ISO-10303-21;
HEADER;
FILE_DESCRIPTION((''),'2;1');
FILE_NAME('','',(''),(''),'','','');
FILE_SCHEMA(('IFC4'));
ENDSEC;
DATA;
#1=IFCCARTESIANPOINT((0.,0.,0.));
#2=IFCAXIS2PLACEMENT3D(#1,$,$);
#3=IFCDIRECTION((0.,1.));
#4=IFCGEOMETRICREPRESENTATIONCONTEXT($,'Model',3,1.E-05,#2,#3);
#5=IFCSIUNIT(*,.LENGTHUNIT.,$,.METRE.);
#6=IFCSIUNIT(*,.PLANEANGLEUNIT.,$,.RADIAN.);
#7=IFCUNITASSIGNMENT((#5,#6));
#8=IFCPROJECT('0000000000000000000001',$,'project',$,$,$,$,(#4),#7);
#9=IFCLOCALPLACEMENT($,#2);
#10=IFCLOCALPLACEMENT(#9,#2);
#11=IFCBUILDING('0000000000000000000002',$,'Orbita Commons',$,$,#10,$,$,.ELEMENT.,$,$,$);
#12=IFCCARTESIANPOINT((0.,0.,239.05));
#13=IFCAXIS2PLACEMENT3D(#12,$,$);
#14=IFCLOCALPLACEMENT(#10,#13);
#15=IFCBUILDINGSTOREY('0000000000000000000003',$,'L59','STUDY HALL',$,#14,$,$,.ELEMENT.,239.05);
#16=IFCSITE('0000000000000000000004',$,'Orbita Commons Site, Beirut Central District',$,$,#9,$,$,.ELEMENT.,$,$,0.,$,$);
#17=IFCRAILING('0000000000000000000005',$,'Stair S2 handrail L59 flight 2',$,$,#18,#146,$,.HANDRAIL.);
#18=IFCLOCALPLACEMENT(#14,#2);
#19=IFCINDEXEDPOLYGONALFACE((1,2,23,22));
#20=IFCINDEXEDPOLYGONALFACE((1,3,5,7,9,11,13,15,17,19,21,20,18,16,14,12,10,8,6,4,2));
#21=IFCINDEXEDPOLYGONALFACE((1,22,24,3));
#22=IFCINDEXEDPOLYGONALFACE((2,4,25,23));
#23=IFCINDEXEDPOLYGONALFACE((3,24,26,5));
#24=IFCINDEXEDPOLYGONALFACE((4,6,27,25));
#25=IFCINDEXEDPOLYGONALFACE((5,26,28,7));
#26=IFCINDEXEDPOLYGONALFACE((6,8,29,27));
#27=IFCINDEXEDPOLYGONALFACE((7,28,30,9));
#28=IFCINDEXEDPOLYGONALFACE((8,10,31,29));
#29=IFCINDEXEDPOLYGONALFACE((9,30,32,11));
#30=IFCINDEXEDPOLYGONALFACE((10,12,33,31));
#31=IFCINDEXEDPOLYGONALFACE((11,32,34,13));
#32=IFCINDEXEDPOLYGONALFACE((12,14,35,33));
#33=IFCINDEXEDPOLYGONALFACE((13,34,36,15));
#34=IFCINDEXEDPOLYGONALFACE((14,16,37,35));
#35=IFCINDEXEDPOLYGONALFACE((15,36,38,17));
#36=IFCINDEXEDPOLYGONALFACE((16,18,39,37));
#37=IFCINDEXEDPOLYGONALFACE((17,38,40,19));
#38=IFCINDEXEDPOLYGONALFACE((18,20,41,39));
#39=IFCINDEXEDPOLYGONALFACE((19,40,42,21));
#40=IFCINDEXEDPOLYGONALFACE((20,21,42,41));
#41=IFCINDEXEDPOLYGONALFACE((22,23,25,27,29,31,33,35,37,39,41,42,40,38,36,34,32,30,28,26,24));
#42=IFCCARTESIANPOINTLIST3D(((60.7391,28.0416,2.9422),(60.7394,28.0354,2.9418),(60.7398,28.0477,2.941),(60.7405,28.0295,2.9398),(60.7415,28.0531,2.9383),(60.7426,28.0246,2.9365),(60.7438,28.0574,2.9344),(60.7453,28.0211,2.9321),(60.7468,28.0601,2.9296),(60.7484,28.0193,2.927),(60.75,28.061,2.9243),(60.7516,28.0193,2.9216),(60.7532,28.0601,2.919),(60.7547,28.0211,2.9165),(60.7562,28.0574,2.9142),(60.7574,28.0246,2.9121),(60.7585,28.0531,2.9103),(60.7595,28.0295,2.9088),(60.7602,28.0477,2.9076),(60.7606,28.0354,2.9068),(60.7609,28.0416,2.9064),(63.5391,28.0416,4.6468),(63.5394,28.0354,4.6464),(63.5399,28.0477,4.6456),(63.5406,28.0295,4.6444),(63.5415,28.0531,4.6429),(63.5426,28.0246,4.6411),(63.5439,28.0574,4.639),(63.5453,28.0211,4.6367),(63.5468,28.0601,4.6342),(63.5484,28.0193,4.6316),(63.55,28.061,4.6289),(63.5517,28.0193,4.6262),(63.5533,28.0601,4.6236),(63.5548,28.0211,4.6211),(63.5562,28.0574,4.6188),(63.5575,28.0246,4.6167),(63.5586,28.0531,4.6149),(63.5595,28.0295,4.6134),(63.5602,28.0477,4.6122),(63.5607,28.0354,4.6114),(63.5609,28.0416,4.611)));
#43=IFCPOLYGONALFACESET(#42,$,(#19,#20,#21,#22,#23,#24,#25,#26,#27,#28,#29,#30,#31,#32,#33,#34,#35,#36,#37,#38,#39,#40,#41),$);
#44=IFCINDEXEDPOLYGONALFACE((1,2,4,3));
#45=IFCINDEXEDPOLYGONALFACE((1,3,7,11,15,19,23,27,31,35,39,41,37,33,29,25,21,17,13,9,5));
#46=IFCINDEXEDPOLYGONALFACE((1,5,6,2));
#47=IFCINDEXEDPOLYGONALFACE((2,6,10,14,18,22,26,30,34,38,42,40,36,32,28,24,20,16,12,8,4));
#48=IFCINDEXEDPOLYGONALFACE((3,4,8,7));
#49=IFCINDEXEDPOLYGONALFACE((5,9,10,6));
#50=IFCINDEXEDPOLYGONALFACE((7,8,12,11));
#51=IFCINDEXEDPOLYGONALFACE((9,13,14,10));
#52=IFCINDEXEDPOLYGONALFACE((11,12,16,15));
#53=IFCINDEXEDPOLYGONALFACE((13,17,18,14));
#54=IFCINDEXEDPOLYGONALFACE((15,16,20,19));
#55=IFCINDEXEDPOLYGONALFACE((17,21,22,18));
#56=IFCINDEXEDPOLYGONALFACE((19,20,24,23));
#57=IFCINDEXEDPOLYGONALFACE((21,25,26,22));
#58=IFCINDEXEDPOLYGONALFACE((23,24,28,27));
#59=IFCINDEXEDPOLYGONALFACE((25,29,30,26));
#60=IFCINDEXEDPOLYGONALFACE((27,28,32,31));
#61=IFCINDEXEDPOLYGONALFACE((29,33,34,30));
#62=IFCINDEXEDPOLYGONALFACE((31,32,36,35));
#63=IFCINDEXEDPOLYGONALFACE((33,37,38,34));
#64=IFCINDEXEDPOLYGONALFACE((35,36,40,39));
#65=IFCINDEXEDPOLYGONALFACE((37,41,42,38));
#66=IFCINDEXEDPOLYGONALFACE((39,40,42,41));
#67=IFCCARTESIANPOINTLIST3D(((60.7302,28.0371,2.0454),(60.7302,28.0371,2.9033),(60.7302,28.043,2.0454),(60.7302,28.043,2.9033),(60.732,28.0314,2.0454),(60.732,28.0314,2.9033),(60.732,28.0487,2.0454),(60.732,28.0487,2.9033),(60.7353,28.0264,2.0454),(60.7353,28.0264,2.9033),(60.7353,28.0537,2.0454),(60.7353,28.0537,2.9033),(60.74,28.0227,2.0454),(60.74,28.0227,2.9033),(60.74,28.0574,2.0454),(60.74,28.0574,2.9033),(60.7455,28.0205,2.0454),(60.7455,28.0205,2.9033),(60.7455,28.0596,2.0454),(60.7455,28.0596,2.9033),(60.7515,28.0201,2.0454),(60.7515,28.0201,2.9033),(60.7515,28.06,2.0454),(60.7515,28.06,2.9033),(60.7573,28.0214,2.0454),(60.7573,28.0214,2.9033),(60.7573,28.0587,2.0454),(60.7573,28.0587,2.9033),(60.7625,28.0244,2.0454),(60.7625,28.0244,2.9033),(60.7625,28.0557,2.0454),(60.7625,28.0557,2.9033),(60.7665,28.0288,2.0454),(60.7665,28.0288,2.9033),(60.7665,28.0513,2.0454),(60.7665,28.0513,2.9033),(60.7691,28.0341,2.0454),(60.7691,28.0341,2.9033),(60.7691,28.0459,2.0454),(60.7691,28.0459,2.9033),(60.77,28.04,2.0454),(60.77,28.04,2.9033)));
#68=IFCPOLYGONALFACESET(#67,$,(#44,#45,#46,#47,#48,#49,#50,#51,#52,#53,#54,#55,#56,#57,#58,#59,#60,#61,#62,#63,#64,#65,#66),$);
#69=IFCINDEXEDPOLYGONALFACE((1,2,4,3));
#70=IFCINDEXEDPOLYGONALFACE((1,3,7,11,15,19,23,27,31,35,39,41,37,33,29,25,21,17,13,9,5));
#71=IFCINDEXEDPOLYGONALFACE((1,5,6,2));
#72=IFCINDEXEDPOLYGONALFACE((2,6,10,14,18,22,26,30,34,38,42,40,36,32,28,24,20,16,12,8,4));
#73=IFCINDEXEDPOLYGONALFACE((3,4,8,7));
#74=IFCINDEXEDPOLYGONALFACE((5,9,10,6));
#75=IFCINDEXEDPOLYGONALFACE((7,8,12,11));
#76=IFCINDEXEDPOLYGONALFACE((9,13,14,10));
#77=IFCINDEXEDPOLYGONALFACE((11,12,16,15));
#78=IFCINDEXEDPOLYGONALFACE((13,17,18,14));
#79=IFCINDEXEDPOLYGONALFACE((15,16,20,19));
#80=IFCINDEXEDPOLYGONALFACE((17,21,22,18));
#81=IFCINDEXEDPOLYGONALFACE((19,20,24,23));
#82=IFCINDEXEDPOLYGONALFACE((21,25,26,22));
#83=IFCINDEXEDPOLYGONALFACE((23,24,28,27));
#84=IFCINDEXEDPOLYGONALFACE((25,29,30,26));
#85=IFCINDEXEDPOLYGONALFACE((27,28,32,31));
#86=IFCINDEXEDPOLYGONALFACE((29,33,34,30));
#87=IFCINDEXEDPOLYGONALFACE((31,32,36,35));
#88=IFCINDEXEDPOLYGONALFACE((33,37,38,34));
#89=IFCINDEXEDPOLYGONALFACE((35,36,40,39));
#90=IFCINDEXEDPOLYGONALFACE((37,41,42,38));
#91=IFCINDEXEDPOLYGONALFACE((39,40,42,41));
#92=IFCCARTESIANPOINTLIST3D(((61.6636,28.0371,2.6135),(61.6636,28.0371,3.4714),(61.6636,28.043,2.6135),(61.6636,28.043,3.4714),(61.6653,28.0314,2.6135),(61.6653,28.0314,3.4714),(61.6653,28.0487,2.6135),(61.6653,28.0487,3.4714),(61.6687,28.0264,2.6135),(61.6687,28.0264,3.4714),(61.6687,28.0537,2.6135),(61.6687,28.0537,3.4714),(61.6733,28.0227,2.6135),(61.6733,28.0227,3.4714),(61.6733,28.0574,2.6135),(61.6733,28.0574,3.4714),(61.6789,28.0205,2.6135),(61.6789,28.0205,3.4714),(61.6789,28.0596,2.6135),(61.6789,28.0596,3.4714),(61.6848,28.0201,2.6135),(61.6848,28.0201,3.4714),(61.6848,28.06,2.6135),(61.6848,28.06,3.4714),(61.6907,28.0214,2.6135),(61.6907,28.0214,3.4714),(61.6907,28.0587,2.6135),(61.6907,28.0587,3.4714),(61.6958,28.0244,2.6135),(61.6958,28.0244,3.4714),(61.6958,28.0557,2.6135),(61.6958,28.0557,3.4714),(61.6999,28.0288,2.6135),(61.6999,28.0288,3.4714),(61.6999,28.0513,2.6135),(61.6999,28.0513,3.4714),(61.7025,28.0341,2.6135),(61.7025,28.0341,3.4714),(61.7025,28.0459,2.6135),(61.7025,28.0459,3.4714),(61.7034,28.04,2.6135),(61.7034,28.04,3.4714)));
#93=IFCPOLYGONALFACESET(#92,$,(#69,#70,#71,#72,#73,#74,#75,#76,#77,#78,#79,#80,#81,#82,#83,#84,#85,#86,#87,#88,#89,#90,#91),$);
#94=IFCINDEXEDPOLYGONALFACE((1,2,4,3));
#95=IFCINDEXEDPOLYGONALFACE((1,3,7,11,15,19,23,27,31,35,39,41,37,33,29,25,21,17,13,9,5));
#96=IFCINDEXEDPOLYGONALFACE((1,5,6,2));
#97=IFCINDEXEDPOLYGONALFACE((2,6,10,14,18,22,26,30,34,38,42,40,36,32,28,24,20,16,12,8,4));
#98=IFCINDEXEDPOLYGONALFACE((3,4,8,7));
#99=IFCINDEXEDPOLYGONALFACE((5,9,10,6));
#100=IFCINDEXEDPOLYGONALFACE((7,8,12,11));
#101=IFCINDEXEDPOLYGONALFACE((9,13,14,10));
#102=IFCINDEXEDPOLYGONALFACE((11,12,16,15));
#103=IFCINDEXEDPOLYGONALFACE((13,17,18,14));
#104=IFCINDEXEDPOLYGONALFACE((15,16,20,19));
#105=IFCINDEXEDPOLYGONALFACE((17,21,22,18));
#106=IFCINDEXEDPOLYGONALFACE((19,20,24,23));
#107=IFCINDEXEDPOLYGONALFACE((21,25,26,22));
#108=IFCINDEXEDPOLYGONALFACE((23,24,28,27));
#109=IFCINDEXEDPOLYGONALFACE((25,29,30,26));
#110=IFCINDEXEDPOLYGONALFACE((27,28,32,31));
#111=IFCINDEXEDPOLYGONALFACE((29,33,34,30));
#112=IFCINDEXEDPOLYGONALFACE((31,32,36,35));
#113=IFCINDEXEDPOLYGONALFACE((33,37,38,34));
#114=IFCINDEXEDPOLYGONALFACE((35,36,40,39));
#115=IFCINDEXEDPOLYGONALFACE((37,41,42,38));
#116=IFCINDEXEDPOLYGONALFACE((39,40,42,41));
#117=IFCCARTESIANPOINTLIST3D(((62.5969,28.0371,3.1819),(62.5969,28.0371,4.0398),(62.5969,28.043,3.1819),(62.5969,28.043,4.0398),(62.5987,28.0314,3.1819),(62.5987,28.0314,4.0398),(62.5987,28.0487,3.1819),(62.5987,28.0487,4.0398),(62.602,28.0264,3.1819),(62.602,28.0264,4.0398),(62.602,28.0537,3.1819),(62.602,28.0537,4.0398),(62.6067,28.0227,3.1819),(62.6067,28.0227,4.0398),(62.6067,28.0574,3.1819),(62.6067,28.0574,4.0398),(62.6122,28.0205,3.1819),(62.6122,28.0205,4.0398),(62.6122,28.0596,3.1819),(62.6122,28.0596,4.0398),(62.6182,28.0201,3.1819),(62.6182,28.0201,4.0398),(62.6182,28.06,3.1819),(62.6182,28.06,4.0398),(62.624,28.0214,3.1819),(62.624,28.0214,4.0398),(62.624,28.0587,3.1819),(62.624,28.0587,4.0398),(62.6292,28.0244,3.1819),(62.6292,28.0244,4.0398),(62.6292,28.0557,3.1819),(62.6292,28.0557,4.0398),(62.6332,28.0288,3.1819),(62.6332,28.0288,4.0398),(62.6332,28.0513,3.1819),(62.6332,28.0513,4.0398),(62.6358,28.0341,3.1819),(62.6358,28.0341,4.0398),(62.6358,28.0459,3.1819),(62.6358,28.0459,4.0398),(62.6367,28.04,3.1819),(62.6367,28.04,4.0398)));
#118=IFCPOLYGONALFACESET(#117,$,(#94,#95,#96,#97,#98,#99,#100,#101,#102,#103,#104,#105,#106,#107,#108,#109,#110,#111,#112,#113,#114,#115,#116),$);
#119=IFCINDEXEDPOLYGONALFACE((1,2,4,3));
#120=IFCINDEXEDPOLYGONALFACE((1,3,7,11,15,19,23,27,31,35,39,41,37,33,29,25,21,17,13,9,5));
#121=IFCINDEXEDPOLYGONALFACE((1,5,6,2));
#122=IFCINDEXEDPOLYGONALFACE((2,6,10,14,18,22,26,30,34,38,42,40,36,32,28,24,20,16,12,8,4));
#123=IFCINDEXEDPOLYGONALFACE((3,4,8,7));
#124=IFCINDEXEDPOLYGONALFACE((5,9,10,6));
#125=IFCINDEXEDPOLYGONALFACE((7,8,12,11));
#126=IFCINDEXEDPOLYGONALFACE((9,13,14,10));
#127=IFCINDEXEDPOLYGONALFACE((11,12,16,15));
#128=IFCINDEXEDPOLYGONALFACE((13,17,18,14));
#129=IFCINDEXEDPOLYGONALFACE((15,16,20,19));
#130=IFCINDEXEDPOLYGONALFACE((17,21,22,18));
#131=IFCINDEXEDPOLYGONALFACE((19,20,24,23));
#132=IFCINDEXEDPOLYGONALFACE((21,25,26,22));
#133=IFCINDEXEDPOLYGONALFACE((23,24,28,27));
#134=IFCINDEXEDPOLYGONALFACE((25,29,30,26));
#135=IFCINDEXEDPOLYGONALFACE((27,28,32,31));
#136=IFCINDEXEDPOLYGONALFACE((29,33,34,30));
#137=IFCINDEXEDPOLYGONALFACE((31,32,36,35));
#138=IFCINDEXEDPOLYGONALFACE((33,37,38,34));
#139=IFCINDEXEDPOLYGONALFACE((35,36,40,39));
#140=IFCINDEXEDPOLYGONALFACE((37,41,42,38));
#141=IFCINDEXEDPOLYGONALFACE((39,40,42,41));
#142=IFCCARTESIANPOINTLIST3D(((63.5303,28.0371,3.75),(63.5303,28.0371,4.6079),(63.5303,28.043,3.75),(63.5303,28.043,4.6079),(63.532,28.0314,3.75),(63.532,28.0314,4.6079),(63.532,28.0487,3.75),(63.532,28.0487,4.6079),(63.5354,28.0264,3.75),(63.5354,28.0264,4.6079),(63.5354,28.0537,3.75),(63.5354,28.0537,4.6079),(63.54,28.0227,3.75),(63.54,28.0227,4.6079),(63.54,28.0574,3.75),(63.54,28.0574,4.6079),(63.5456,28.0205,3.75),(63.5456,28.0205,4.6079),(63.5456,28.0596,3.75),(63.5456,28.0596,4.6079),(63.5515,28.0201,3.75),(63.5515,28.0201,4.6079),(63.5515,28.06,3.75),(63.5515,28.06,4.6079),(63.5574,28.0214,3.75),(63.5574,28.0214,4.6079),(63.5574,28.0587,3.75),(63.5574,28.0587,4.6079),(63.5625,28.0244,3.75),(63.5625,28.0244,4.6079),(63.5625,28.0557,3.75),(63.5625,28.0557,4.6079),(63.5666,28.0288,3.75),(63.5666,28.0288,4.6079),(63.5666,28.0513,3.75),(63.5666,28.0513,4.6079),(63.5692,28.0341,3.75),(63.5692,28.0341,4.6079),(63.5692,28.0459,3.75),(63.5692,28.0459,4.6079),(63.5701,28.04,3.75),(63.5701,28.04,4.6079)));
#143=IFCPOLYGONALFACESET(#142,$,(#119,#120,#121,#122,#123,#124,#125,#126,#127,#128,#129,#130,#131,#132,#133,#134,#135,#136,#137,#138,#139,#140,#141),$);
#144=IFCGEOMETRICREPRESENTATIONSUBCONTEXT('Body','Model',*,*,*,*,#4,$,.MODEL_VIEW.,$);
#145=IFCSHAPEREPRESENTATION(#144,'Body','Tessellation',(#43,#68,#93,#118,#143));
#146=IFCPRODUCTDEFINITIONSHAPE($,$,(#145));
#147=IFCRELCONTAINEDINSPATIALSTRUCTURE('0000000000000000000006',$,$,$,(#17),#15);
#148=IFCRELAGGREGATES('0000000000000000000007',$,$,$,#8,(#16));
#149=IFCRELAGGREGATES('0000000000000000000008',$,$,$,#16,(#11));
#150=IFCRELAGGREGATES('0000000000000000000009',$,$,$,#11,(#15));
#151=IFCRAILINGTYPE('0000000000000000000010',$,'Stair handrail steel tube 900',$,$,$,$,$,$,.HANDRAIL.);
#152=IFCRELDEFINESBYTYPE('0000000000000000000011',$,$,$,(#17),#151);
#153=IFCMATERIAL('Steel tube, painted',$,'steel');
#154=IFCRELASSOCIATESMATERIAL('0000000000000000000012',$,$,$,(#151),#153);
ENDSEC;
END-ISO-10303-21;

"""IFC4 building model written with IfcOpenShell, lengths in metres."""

from ifc_helpers import new_model, si_unit, direction, frame, origin, origin_2d, place, context, subcontext, project, spatial, circle, extrude, material, type_object, element, save


model = new_model("IFC4")

# Units and contexts
model_context = context("Model", 3, precision=1e-05, world=origin(), true_north=direction((0.0, 1.0)))
body_context = subcontext(model_context, "Body", "Model", "MODEL_VIEW")
ifc_project = project(units=[si_unit("LENGTHUNIT", "METRE"), si_unit("PLANEANGLEUNIT", "RADIAN")], contexts=[model_context])

# Site, building, storey
site_placement = place(None, origin())
site = spatial("IfcSite", under=ifc_project, at=site_placement, Name="Orbita Commons Site, Beirut Central District", CompositionType="ELEMENT", RefElevation=0.0)
building_placement = place(site_placement, origin())
building = spatial("IfcBuilding", under=site, at=building_placement, Name="Orbita Commons", CompositionType="ELEMENT")
storey_placement = place(building_placement, frame((0.0, 0.0, 239.05)))
storey = spatial("IfcBuildingStorey", under=building, at=storey_placement, Name="L59", Description="STUDY HALL", CompositionType="ELEMENT", Elevation=239.05)

# Railing
ifc_material_1 = material(Name="Steel tube, painted", Category="steel")
railing_type = type_object("IfcRailingType", Name="Stair handrail steel tube 900", PredefinedType="HANDRAIL", material=ifc_material_1)
for number, where, name in (
    (1, (60.75, 28.04, 2.0454), "Stair S2 handrail L59 flight 2"),
):
    element("IfcRailing", number, at=place(storey_placement, frame(where)), inside=storey, type_object=railing_type, Name=name, PredefinedType="HANDRAIL", context=body_context, shape_type="SweptSolid", body=[
        extrude(circle(Radius=0.021, at=origin_2d()), frame((0.0, 0.0, 0.8789), z_axis=(0.85417, 0.0, 0.519994), x_axis=(0.0, 1.0, 0.0)), (0.0, 0.0, 1.0), 3.2781),
        extrude(circle(Radius=0.02, at=origin_2d()), origin(), (0.0, 0.0, 1.0), 0.8579),
        extrude(circle(Radius=0.02, at=origin_2d()), frame((0.9333, 0.0, 0.5681)), (0.0, 0.0, 1.0), 0.8579),
        extrude(circle(Radius=0.02, at=origin_2d()), frame((1.8667, 0.0, 1.1365)), (0.0, 0.0, 1.0), 0.8579),
        extrude(circle(Radius=0.02, at=origin_2d()), frame((2.8, 0.0, 1.7046)), (0.0, 0.0, 1.0), 0.8579),
    ])

save(model, "model.ifc")
